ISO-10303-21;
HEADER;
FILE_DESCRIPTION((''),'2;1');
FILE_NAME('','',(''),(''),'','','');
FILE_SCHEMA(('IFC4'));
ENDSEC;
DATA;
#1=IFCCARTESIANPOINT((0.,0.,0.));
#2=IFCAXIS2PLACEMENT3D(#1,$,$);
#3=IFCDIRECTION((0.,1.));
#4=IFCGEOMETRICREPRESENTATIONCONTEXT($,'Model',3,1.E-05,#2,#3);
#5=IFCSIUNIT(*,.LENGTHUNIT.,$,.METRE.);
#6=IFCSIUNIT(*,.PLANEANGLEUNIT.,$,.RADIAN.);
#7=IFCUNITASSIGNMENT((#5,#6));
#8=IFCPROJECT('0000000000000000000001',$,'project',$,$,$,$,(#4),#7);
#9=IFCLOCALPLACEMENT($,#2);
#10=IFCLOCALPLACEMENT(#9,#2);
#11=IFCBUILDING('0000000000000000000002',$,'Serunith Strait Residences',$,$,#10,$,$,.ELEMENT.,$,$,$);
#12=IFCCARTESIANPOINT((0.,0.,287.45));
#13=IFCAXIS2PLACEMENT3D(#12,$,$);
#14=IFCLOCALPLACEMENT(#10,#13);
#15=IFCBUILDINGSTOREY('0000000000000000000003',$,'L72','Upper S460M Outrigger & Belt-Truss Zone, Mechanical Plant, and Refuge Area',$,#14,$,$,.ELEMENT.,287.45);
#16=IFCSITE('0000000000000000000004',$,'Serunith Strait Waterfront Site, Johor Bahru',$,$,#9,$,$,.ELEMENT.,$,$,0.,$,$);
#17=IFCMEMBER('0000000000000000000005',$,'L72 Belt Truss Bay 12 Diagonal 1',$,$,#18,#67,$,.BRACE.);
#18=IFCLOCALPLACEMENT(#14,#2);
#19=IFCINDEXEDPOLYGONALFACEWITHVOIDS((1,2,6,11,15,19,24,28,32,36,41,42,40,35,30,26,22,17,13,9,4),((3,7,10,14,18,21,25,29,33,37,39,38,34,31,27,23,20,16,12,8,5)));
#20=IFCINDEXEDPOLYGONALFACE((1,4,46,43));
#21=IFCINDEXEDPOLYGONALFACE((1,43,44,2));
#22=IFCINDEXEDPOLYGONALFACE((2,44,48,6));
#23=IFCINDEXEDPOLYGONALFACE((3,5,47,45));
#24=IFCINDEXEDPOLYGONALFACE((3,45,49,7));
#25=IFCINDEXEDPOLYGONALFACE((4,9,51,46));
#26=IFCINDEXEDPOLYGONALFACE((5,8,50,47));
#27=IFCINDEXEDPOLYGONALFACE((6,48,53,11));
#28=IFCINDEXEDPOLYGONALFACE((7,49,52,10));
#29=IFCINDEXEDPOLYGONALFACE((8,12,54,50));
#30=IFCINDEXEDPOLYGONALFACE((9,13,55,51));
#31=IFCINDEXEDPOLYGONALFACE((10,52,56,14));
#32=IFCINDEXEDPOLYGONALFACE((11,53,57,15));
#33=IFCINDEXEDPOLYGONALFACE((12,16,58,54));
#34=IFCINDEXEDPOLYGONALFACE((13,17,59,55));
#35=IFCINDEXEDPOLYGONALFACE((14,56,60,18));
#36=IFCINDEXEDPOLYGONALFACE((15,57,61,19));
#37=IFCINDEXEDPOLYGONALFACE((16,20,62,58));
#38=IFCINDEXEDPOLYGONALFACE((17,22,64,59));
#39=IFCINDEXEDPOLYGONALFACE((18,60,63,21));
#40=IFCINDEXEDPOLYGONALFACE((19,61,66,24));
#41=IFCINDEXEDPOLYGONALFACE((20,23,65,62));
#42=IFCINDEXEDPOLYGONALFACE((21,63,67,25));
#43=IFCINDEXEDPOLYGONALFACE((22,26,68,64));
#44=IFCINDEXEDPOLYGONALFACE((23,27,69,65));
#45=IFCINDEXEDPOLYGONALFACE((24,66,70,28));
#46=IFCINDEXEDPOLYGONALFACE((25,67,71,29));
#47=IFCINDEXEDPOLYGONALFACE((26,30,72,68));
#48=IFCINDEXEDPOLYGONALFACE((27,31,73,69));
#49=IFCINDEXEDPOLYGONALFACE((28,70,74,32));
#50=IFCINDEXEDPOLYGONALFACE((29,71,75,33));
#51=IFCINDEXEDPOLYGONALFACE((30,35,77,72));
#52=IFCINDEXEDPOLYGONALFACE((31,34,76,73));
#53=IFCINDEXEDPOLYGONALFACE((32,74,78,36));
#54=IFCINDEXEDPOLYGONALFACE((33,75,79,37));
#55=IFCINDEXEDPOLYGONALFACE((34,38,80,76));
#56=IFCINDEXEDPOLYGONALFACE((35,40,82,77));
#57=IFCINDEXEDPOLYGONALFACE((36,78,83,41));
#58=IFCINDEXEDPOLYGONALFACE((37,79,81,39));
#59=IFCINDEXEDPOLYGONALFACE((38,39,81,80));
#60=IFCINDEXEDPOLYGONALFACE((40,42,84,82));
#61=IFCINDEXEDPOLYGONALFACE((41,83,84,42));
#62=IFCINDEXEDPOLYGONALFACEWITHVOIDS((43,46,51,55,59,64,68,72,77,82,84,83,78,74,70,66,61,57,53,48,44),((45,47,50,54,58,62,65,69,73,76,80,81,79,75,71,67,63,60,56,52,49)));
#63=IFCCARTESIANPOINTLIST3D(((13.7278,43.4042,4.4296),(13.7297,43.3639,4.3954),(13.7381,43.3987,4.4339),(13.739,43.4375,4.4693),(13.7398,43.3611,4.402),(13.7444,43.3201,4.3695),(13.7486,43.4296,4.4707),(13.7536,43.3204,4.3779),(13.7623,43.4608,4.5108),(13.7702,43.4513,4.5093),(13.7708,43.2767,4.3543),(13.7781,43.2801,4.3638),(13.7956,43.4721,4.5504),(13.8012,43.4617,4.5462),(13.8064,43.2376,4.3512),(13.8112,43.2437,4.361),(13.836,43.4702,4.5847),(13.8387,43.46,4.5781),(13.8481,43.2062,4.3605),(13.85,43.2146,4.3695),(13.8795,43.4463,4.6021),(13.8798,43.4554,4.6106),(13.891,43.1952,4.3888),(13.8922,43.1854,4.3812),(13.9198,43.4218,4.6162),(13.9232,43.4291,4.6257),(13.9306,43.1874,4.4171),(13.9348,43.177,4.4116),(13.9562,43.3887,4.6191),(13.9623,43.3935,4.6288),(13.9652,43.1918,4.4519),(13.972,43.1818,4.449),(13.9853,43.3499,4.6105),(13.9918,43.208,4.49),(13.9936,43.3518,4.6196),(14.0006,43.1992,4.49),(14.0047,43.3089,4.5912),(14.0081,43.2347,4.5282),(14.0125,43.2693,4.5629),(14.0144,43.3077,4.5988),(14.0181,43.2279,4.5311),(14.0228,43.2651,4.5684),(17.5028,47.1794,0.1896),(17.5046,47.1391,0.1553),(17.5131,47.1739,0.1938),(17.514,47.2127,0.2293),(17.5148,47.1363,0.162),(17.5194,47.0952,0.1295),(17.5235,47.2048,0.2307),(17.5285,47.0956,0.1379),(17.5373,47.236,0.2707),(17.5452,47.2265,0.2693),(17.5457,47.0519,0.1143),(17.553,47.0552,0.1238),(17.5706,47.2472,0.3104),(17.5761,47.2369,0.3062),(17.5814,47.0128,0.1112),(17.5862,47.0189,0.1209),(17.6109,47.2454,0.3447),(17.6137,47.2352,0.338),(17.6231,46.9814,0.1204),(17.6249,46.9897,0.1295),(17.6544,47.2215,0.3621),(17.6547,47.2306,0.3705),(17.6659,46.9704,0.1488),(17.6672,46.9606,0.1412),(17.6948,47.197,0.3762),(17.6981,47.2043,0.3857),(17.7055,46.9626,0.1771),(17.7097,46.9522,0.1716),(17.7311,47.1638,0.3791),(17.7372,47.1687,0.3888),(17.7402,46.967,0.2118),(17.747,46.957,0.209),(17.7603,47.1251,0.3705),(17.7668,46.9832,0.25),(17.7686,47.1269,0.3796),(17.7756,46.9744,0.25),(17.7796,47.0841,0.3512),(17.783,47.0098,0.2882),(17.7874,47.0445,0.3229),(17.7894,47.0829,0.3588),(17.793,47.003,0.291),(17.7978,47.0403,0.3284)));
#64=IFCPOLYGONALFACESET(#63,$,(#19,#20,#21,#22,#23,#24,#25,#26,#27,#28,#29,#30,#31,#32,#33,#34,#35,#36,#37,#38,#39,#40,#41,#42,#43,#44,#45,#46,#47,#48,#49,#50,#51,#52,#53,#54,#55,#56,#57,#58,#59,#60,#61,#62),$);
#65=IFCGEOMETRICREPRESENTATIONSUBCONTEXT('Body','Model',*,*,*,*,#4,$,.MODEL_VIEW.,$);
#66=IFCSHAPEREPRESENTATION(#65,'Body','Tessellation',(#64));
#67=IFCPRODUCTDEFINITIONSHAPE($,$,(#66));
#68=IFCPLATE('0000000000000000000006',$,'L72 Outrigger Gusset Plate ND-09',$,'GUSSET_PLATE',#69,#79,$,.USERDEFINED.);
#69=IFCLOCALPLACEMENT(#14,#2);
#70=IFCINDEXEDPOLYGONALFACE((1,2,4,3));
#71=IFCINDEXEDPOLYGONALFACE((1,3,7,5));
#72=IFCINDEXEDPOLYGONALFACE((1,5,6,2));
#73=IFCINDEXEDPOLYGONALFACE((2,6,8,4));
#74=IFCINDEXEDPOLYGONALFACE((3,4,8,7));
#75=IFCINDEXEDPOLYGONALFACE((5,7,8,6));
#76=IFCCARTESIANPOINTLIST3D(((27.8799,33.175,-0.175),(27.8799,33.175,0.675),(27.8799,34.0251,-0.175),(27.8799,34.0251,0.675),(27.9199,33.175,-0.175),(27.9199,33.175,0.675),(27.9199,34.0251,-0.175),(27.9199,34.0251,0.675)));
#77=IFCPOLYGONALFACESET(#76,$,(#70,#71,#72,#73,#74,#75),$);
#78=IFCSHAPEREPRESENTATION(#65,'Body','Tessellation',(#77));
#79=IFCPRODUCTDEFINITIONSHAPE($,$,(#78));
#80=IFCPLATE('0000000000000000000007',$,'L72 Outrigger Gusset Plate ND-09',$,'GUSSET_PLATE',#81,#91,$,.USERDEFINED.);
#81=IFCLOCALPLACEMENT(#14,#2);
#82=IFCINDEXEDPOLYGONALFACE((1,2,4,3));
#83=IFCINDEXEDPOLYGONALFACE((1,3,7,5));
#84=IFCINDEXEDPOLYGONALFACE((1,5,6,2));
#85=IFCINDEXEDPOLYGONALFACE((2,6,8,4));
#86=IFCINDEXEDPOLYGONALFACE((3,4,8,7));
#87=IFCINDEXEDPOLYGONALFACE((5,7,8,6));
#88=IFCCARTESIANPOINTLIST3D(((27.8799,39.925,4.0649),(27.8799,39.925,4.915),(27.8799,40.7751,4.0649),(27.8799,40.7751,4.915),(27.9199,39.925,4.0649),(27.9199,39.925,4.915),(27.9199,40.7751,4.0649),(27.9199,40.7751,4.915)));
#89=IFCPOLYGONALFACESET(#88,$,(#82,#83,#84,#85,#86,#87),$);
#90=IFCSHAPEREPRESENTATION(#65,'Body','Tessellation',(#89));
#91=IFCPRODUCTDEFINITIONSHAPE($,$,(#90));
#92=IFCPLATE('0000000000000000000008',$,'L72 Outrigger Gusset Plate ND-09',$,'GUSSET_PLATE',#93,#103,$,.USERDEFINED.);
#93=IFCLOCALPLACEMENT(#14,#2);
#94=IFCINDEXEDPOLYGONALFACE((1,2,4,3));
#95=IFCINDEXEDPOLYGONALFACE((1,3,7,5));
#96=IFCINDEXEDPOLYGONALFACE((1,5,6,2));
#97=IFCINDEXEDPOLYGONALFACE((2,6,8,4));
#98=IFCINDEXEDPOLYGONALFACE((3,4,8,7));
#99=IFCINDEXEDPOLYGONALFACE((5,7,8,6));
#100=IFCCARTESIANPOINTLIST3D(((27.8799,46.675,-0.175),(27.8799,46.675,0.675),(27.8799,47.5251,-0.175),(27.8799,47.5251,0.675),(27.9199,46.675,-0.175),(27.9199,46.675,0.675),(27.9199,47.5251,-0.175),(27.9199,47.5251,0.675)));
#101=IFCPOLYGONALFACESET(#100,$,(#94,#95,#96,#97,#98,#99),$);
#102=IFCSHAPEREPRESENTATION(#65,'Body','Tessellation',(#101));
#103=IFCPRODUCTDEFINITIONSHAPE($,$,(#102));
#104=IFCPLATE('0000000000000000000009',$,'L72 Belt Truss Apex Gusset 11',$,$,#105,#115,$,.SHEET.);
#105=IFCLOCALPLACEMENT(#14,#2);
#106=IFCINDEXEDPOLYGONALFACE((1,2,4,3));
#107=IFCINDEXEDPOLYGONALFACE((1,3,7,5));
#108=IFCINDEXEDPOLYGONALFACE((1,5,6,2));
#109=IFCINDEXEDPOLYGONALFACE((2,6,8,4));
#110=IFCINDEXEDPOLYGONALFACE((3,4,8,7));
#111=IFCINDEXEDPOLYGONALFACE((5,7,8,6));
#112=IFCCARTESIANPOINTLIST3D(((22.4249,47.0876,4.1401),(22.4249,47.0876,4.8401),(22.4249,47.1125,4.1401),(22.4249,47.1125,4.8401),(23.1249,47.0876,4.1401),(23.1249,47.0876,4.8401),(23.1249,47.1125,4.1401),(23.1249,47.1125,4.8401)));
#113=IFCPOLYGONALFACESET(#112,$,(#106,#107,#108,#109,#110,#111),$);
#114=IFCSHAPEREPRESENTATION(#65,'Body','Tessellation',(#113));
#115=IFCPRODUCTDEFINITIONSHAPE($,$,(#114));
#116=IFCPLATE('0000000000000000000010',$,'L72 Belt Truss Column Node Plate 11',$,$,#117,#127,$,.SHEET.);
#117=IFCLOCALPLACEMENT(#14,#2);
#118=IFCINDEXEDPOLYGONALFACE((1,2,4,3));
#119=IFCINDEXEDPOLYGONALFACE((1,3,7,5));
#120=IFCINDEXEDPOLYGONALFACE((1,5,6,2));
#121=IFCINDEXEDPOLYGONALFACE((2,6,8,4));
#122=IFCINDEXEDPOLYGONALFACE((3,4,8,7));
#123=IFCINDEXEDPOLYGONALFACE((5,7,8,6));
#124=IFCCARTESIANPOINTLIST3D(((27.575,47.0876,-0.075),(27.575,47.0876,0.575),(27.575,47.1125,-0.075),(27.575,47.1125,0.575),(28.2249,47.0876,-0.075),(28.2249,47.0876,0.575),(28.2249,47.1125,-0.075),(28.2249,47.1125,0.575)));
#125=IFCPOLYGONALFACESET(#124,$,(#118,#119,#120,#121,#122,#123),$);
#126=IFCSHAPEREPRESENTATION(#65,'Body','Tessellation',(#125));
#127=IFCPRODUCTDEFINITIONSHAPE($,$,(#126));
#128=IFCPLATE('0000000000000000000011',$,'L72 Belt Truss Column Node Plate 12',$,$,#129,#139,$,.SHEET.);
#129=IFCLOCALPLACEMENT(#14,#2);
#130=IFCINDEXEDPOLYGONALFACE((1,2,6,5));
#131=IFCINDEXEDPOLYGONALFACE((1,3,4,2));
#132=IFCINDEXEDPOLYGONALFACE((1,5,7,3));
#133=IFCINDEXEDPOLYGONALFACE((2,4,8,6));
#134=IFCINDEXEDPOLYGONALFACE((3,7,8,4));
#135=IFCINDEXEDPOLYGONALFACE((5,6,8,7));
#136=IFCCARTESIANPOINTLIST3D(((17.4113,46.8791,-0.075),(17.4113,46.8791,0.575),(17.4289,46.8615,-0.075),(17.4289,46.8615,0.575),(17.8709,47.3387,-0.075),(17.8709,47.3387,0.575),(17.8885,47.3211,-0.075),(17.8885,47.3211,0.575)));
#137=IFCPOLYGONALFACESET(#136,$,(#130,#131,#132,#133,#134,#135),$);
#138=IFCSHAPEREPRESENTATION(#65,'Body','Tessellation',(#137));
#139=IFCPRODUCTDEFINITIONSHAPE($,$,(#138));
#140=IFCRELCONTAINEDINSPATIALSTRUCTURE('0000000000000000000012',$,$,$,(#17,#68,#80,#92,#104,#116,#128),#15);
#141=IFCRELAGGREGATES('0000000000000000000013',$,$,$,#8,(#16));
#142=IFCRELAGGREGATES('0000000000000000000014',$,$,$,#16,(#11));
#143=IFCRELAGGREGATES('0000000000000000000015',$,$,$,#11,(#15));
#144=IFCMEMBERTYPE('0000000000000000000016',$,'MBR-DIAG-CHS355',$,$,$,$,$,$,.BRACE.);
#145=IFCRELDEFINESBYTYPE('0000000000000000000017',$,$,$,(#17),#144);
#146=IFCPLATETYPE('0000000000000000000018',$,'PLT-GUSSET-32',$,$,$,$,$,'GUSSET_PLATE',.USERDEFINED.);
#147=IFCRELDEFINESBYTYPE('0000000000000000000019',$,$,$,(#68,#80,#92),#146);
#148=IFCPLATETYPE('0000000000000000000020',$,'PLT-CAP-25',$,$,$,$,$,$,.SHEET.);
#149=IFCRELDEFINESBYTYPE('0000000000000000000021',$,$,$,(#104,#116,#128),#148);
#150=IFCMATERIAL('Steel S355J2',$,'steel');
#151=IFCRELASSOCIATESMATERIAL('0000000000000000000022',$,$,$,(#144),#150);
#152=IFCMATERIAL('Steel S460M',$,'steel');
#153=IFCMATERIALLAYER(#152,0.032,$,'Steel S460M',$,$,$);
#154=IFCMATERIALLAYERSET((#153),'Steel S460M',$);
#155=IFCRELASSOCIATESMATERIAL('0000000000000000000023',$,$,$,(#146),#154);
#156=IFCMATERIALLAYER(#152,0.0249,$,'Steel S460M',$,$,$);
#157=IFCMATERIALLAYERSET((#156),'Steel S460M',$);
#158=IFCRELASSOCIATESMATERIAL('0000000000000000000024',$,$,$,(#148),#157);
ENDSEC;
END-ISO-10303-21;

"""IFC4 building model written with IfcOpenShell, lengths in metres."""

from ifc_helpers import new_model, si_unit, direction, frame, origin, origin_2d, place, context, subcontext, project, spatial, rectangle, hollow_circle, extrude, source, transform, mapped, material, layer, layer_set, material_profile, profile_set, type_object, element, save


model = new_model("IFC4")

# Units and contexts
model_context = context("Model", 3, precision=1e-05, world=origin(), true_north=direction((0.0, 1.0)))
body_context = subcontext(model_context, "Body", "Model", "MODEL_VIEW")
ifc_project = project(units=[si_unit("LENGTHUNIT", "METRE"), si_unit("PLANEANGLEUNIT", "RADIAN")], contexts=[model_context])

# Site, building, storey
site_placement = place(None, origin())
site = spatial("IfcSite", under=ifc_project, at=site_placement, Name="Serunith Strait Waterfront Site, Johor Bahru", CompositionType="ELEMENT", RefElevation=0.0)
building_placement = place(site_placement, origin())
building = spatial("IfcBuilding", under=site, at=building_placement, Name="Serunith Strait Residences", CompositionType="ELEMENT")
storey_placement = place(building_placement, frame((0.0, 0.0, 287.45)))
storey = spatial("IfcBuildingStorey", under=building, at=storey_placement, Name="L72", Description="Upper S460M Outrigger & Belt-Truss Zone, Mechanical Plant, and Refuge Area", CompositionType="ELEMENT", Elevation=287.45)

# Shared definitions
ifc_material_1 = material(Name="Steel S355J2", Category="steel")

# Member
ifc_material_2 = material(Name="Steel S460M", Category="steel")
ifc_material_profile_1 = material_profile(ifc_material_1, hollow_circle(Radius=0.1777, WallThickness=0.0125, at=origin_2d()), Name="CHS 355.6x12.5")
ifc_profile_set_1 = profile_set([ifc_material_profile_1], Name="Steel S355J2")
member_type_1 = type_object("IfcMemberType", Name="MBR-DIAG-CHS355", PredefinedType="BRACE", material=ifc_profile_set_1)
shared_shape_1 = source(origin(), body_context, "Body", "SweptSolid", [
    extrude(hollow_circle(Radius=0.1777, WallThickness=0.0125, at=origin_2d()), origin(), (0.0, 0.0, 1.0), 6.8176),
])
member_1_placement = place(storey_placement, frame((17.6499, 47.1001, 0.25), z_axis=(-0.553703, -0.553739, 0.621922), x_axis=(0.70713, -0.707084, 0.0)))
element("IfcMember", 1, at=member_1_placement, inside=storey, type_object=member_type_1, Name="L72 Belt Truss Bay 12 Diagonal 1", PredefinedType="BRACE", context=body_context, shape_type="MappedRepresentation", body=[
    mapped(shared_shape_1, transform((0.0, 0.0, 0.0), scale=1.0)),
])

# Plates
ifc_layer_1 = layer(ifc_material_2, 0.032, Name="Steel S460M")
ifc_layer_set_1 = layer_set([ifc_layer_1], Name="Steel S460M")
plate_type_1 = type_object("IfcPlateType", Name="PLT-GUSSET-32", ElementType="GUSSET_PLATE", PredefinedType="USERDEFINED", material=ifc_layer_set_1)
shared_shape_2 = source(origin(), body_context, "Body", "SweptSolid", [
    extrude(rectangle(XDim=0.8501, YDim=0.04, at=origin_2d()), origin(), (0.0, 0.0, 1.0), 0.8501),
])
for number, where, z_axis, x_axis, name in (
    (2, (27.8999, 33.6001, -0.175), (0.0, 0.0, 1.0), (0.0, 1.0, 0.0), "L72 Outrigger Gusset Plate ND-09"),
    (3, (27.8999, 40.3501, 4.0649), (0.0, 0.0, 1.0), (0.0, 1.0, 0.0), "L72 Outrigger Gusset Plate ND-09"),
    (4, (27.8999, 47.1001, -0.175), (0.0, 0.0, 1.0), (0.0, 1.0, 0.0), "L72 Outrigger Gusset Plate ND-09"),
):
    element("IfcPlate", number, at=place(storey_placement, frame(where, z_axis=z_axis, x_axis=x_axis)), inside=storey, type_object=plate_type_1, Name=name, ObjectType="GUSSET_PLATE", PredefinedType="USERDEFINED", context=body_context, shape_type="MappedRepresentation", body=[
        mapped(shared_shape_2, transform((0.0, 0.0, 0.0), scale=1.0)),
    ])
ifc_layer_2 = layer(ifc_material_2, 0.0249, Name="Steel S460M")
ifc_layer_set_2 = layer_set([ifc_layer_2], Name="Steel S460M")
plate_type_2 = type_object("IfcPlateType", Name="PLT-CAP-25", PredefinedType="SHEET", material=ifc_layer_set_2)
shared_shape_3 = source(origin(), body_context, "Body", "SweptSolid", [
    extrude(rectangle(XDim=0.7, YDim=0.0249, at=origin_2d()), origin(), (0.0, 0.0, 1.0), 0.7),
])
plate_placement = place(storey_placement, frame((22.7749, 47.1001, 4.1401), z_axis=(0.0, 0.0, 1.0), x_axis=(-1.0, 0.0, 0.0)))
element("IfcPlate", 5, at=plate_placement, inside=storey, type_object=plate_type_2, Name="L72 Belt Truss Apex Gusset 11", PredefinedType="SHEET", context=body_context, shape_type="MappedRepresentation", body=[
    mapped(shared_shape_3, transform((0.0, 0.0, 0.0), scale=1.0)),
])
shared_shape_4 = source(origin(), body_context, "Body", "SweptSolid", [
    extrude(rectangle(XDim=0.6499, YDim=0.0249, at=origin_2d()), origin(), (0.0, 0.0, 1.0), 0.6499),
])
for number, where, z_axis, x_axis, name in (
    (6, (27.8999, 47.1001, -0.075), (0.0, 0.0, 1.0), (-1.0, 0.0, 0.0), "L72 Belt Truss Column Node Plate 11"),
    (7, (17.6499, 47.1001, -0.075), (0.0, 0.0, 1.0), (-0.707107, -0.707107, 0.0), "L72 Belt Truss Column Node Plate 12"),
):
    element("IfcPlate", number, at=place(storey_placement, frame(where, z_axis=z_axis, x_axis=x_axis)), inside=storey, type_object=plate_type_2, Name=name, PredefinedType="SHEET", context=body_context, shape_type="MappedRepresentation", body=[
        mapped(shared_shape_4, transform((0.0, 0.0, 0.0), scale=1.0)),
    ])

save(model, "model.ifc")
